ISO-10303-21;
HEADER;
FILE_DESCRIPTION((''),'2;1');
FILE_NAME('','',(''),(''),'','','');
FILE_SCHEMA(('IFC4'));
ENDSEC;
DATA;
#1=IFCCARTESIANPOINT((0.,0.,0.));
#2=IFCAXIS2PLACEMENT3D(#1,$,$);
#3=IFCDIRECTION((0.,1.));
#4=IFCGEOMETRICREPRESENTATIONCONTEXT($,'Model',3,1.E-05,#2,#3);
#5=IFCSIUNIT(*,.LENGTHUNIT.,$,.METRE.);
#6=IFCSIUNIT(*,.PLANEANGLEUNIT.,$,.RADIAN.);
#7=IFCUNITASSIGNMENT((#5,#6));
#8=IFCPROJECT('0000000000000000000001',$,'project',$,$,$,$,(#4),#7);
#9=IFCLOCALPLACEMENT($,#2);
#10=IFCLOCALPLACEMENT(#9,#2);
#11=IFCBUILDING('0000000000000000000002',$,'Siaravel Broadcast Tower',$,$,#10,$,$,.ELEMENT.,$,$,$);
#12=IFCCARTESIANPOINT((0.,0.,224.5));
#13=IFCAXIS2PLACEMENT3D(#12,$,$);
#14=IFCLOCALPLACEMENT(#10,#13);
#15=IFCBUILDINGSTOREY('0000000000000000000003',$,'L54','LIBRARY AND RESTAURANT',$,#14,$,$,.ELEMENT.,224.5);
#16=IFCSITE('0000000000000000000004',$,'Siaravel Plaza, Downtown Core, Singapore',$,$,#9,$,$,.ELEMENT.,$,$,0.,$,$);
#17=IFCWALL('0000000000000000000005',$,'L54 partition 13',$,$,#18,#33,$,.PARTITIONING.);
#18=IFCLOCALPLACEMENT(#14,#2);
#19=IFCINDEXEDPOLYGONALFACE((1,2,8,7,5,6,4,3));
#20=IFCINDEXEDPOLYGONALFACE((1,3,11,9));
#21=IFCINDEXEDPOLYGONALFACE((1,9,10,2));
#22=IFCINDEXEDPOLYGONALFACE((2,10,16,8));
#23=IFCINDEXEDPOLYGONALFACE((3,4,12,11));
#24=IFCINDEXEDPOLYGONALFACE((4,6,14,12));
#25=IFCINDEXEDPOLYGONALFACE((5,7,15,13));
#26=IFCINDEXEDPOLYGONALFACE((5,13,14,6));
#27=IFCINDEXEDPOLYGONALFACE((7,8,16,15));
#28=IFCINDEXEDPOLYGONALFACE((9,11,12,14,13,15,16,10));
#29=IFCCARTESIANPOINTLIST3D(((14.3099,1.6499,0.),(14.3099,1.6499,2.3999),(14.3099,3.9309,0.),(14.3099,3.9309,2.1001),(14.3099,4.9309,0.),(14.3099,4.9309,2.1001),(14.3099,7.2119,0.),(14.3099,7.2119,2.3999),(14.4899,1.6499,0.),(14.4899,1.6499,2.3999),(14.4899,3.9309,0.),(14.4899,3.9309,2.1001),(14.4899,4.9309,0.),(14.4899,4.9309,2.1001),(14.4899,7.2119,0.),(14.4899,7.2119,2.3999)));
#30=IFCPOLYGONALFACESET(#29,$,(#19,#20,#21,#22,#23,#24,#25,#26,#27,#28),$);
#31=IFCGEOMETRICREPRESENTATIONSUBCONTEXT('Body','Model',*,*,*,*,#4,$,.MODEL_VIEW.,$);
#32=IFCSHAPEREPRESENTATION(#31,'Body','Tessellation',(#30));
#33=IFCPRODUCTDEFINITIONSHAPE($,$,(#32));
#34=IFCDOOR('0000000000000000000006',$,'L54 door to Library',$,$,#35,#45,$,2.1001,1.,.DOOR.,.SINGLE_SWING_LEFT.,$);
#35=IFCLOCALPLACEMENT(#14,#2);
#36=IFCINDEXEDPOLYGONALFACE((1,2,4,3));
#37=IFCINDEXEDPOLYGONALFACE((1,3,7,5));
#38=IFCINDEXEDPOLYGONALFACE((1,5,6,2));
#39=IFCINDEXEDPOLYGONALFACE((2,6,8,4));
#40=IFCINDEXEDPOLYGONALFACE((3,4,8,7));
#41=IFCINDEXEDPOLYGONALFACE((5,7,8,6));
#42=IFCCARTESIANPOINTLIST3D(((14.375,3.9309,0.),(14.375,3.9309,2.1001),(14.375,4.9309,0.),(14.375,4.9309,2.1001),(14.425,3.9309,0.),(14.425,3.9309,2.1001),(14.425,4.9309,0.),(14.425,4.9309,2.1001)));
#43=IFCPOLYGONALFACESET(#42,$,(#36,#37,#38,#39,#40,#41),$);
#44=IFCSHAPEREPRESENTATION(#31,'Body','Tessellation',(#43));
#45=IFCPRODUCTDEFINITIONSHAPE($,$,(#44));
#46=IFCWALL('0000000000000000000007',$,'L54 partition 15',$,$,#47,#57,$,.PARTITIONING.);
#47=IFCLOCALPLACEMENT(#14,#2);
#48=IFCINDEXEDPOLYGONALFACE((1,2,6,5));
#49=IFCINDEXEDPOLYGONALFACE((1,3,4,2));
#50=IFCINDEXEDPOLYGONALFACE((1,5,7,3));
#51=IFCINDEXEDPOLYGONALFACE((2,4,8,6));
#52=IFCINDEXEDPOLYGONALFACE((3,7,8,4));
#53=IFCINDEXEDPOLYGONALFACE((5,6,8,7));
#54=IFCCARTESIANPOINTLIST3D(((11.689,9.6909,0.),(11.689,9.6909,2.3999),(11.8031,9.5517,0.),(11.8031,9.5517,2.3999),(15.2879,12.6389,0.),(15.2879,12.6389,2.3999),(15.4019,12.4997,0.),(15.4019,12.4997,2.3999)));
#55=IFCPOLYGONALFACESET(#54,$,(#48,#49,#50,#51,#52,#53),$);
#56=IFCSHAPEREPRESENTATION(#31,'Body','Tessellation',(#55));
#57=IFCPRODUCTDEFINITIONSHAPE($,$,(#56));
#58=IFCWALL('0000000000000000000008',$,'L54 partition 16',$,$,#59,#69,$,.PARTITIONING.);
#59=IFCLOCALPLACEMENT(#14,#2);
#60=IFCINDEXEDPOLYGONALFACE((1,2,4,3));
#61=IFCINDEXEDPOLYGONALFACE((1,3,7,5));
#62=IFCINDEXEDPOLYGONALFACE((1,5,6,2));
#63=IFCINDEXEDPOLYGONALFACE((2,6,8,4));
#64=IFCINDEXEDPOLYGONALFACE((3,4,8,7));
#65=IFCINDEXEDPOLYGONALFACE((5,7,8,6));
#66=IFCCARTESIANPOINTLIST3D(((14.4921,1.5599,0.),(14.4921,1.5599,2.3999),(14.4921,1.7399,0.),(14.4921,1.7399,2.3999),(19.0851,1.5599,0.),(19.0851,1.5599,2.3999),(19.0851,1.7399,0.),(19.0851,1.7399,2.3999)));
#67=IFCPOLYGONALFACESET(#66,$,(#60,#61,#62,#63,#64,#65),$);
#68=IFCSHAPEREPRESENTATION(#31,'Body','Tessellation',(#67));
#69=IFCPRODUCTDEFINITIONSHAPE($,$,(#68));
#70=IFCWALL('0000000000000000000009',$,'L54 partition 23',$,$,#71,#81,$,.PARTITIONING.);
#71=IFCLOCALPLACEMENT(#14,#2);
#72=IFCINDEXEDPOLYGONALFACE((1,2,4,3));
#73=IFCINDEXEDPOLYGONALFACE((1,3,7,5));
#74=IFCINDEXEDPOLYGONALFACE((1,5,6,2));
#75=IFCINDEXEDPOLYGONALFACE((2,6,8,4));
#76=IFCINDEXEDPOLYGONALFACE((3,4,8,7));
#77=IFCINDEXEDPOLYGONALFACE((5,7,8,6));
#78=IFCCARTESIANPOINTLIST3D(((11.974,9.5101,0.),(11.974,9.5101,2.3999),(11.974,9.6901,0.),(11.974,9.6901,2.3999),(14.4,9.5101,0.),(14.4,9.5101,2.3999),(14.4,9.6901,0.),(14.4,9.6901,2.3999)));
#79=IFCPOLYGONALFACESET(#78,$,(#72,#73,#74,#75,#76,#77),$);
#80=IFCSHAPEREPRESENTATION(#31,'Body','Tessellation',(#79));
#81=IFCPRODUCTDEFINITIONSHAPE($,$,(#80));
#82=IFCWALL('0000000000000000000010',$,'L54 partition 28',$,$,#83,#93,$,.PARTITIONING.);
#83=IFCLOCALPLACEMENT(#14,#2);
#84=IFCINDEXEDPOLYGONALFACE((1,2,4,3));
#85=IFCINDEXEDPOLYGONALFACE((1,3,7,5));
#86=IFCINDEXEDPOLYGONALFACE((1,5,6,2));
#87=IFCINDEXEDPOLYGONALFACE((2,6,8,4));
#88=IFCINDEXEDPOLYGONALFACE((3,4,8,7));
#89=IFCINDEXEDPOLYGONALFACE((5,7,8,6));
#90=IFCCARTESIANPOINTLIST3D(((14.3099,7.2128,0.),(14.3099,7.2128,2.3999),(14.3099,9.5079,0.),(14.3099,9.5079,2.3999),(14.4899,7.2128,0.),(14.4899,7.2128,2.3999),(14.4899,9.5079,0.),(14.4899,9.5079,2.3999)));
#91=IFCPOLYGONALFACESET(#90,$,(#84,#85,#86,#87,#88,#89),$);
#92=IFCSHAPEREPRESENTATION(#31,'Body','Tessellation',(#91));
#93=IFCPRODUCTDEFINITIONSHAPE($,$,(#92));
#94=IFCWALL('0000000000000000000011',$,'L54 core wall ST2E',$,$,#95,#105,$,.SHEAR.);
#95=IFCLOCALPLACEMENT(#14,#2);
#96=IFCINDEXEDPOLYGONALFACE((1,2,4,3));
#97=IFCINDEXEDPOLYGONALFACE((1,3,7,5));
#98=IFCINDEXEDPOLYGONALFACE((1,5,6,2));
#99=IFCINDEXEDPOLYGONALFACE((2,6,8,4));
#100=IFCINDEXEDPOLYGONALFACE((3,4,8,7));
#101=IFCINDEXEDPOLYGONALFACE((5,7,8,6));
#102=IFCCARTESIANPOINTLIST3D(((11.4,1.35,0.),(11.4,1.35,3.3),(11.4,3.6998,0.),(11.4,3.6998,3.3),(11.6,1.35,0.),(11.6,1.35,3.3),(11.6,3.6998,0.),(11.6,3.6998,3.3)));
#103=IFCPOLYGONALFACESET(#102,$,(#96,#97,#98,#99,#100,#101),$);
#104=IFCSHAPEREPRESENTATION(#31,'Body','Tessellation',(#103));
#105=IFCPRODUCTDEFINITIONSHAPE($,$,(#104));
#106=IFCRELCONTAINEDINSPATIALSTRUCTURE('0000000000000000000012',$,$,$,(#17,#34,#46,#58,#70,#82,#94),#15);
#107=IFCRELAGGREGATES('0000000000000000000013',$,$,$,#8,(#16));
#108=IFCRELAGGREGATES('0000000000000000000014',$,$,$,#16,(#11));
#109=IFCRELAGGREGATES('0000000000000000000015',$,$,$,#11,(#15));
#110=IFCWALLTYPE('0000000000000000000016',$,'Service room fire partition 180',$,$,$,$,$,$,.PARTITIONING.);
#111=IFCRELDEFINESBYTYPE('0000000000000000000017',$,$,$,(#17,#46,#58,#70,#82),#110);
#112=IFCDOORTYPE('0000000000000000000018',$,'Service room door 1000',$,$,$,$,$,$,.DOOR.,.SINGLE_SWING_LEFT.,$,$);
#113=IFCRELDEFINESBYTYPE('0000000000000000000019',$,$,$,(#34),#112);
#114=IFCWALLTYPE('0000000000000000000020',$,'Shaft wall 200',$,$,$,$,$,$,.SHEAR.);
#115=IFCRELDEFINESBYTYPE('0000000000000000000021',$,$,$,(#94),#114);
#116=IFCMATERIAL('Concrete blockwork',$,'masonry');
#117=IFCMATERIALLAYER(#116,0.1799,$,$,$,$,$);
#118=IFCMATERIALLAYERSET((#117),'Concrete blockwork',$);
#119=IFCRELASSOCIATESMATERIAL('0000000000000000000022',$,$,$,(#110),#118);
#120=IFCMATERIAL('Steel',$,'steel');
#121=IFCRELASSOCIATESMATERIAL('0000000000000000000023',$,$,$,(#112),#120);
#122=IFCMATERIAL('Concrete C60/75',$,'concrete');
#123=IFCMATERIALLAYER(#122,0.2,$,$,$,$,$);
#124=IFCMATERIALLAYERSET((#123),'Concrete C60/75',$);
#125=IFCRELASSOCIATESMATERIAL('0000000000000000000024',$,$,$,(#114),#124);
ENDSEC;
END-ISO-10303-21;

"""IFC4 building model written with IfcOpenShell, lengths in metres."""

from ifc_helpers import new_model, si_unit, direction, frame, frame_2d, origin, place, context, subcontext, project, spatial, rectangle, extrude, material, layer, layer_set, type_object, element, fill, save


model = new_model("IFC4")

# Units and contexts
model_context = context("Model", 3, precision=1e-05, world=origin(), true_north=direction((0.0, 1.0)))
body_context = subcontext(model_context, "Body", "Model", "MODEL_VIEW")
ifc_project = project(units=[si_unit("LENGTHUNIT", "METRE"), si_unit("PLANEANGLEUNIT", "RADIAN")], contexts=[model_context])

# Site, building, storey
site_placement = place(None, origin())
site = spatial("IfcSite", under=ifc_project, at=site_placement, Name="Siaravel Plaza, Downtown Core, Singapore", CompositionType="ELEMENT", RefElevation=0.0)
building_placement = place(site_placement, origin())
building = spatial("IfcBuilding", under=site, at=building_placement, Name="Siaravel Broadcast Tower", CompositionType="ELEMENT")
storey_placement = place(building_placement, frame((0.0, 0.0, 224.5)))
storey = spatial("IfcBuildingStorey", under=building, at=storey_placement, Name="L54", Description="LIBRARY AND RESTAURANT", CompositionType="ELEMENT", Elevation=224.5)

# Wall, opening, door
ifc_material_1 = material(Name="Concrete blockwork", Category="masonry")
ifc_layer_1 = layer(ifc_material_1, 0.1799)
ifc_layer_set_1 = layer_set([ifc_layer_1], Name="Concrete blockwork")
wall_type_1 = type_object("IfcWallType", Name="Service room fire partition 180", PredefinedType="PARTITIONING", material=ifc_layer_set_1)
wall_1_placement = place(storey_placement, frame((14.3999, 1.6499, 0.0), z_axis=(0.0, 0.0, 1.0), x_axis=(0.0, 1.0, 0.0)))
wall_1 = element("IfcWall", 1, at=wall_1_placement, inside=storey, type_object=wall_type_1, Name="L54 partition 13", PredefinedType="PARTITIONING", context=body_context, shape_type="SweptSolid", body=[
    extrude(rectangle(XDim=5.562, YDim=0.1799, at=frame_2d((2.781, 0.0))), origin(), (0.0, 0.0, 1.0), 2.3999),
])
opening_1_placement = place(wall_1_placement, frame((2.281, 0.0, 0.0)))
opening_1 = element("IfcOpeningElement", 2, at=opening_1_placement, cuts=wall_1, PredefinedType="OPENING", context=body_context, shape_type="SweptSolid", body=[
    extrude(rectangle(XDim=1.0, YDim=2.1001, at=frame_2d((0.5, 1.05))), frame((0.0, 0.0999, 0.0), z_axis=(0.0, -1.0, 0.0), x_axis=(1.0, 0.0, 0.0)), (0.0, 0.0, 1.0), 0.2),
])
ifc_material_2 = material(Name="Steel", Category="steel")
door_type_1 = type_object("IfcDoorType", Name="Service room door 1000", OperationType="SINGLE_SWING_LEFT", PredefinedType="DOOR", material=ifc_material_2)
door_1_placement = place(opening_1_placement, origin())
door_1 = element("IfcDoor", 3, at=door_1_placement, inside=storey, type_object=door_type_1, Name="L54 door to Library", OperationType="SINGLE_SWING_LEFT", OverallHeight=2.1001, OverallWidth=1.0, PredefinedType="DOOR", context=body_context, shape_type="SweptSolid", body=[
    extrude(rectangle(XDim=1.0, YDim=2.1001, at=frame_2d((0.5, 1.05))), frame((0.0, 0.0249, 0.0), z_axis=(0.0, -1.0, 0.0), x_axis=(1.0, 0.0, 0.0)), (0.0, 0.0, 1.0), 0.05),
])
fill(opening_1, door_1)

# Walls
wall_2_placement = place(storey_placement, frame((15.345, 12.5693, 0.0), z_axis=(0.0, 0.0, 1.0), x_axis=(-0.773592, -0.633683, 0.0)))
element("IfcWall", 4, at=wall_2_placement, inside=storey, type_object=wall_type_1, Name="L54 partition 15", PredefinedType="PARTITIONING", context=body_context, shape_type="SweptSolid", body=[
    extrude(rectangle(XDim=4.6521, YDim=0.1799, at=frame_2d((2.3262, 0.0))), origin(), (0.0, 0.0, 1.0), 2.3999),
])
wall_3_placement = place(storey_placement, frame((19.085, 1.6499, 0.0), z_axis=(0.0, 0.0, 1.0), x_axis=(-1.0, 0.0, 0.0)))
element("IfcWall", 5, at=wall_3_placement, inside=storey, type_object=wall_type_1, Name="L54 partition 16", PredefinedType="PARTITIONING", context=body_context, shape_type="SweptSolid", body=[
    extrude(rectangle(XDim=4.593, YDim=0.1799, at=frame_2d((2.2964, 0.0))), origin(), (0.0, 0.0, 1.0), 2.3999),
])
wall_4_placement = place(storey_placement, frame((14.3999, 9.6001, 0.0), z_axis=(0.0, 0.0, 1.0), x_axis=(-1.0, 0.0, 0.0)))
element("IfcWall", 6, at=wall_4_placement, inside=storey, type_object=wall_type_1, Name="L54 partition 23", PredefinedType="PARTITIONING", context=body_context, shape_type="SweptSolid", body=[
    extrude(rectangle(XDim=2.426, YDim=0.1799, at=frame_2d((1.2129, 0.0))), origin(), (0.0, 0.0, 1.0), 2.3999),
])
wall_5_placement = place(storey_placement, frame((14.3999, 7.2129, 0.0), z_axis=(0.0, 0.0, 1.0), x_axis=(0.0, 1.0, 0.0)))
element("IfcWall", 7, at=wall_5_placement, inside=storey, type_object=wall_type_1, Name="L54 partition 28", PredefinedType="PARTITIONING", context=body_context, shape_type="SweptSolid", body=[
    extrude(rectangle(XDim=2.2952, YDim=0.1799, at=frame_2d((1.1475, 0.0))), origin(), (0.0, 0.0, 1.0), 2.3999),
])
ifc_material_3 = material(Name="Concrete C60/75", Category="concrete")
ifc_layer_2 = layer(ifc_material_3, 0.2)
ifc_layer_set_2 = layer_set([ifc_layer_2], Name="Concrete C60/75")
wall_type_2 = type_object("IfcWallType", Name="Shaft wall 200", PredefinedType="SHEAR", material=ifc_layer_set_2)
wall_6_placement = place(storey_placement, frame((11.5, 1.3501, 0.0), z_axis=(0.0, 0.0, 1.0), x_axis=(0.0, 1.0, 0.0)))
element("IfcWall", 8, at=wall_6_placement, inside=storey, type_object=wall_type_2, Name="L54 core wall ST2E", PredefinedType="SHEAR", context=body_context, shape_type="SweptSolid", body=[
    extrude(rectangle(XDim=2.3499, YDim=0.2, at=frame_2d((1.1748, 0.0))), origin(), (0.0, 0.0, 1.0), 3.3),
])

save(model, "model.ifc")
